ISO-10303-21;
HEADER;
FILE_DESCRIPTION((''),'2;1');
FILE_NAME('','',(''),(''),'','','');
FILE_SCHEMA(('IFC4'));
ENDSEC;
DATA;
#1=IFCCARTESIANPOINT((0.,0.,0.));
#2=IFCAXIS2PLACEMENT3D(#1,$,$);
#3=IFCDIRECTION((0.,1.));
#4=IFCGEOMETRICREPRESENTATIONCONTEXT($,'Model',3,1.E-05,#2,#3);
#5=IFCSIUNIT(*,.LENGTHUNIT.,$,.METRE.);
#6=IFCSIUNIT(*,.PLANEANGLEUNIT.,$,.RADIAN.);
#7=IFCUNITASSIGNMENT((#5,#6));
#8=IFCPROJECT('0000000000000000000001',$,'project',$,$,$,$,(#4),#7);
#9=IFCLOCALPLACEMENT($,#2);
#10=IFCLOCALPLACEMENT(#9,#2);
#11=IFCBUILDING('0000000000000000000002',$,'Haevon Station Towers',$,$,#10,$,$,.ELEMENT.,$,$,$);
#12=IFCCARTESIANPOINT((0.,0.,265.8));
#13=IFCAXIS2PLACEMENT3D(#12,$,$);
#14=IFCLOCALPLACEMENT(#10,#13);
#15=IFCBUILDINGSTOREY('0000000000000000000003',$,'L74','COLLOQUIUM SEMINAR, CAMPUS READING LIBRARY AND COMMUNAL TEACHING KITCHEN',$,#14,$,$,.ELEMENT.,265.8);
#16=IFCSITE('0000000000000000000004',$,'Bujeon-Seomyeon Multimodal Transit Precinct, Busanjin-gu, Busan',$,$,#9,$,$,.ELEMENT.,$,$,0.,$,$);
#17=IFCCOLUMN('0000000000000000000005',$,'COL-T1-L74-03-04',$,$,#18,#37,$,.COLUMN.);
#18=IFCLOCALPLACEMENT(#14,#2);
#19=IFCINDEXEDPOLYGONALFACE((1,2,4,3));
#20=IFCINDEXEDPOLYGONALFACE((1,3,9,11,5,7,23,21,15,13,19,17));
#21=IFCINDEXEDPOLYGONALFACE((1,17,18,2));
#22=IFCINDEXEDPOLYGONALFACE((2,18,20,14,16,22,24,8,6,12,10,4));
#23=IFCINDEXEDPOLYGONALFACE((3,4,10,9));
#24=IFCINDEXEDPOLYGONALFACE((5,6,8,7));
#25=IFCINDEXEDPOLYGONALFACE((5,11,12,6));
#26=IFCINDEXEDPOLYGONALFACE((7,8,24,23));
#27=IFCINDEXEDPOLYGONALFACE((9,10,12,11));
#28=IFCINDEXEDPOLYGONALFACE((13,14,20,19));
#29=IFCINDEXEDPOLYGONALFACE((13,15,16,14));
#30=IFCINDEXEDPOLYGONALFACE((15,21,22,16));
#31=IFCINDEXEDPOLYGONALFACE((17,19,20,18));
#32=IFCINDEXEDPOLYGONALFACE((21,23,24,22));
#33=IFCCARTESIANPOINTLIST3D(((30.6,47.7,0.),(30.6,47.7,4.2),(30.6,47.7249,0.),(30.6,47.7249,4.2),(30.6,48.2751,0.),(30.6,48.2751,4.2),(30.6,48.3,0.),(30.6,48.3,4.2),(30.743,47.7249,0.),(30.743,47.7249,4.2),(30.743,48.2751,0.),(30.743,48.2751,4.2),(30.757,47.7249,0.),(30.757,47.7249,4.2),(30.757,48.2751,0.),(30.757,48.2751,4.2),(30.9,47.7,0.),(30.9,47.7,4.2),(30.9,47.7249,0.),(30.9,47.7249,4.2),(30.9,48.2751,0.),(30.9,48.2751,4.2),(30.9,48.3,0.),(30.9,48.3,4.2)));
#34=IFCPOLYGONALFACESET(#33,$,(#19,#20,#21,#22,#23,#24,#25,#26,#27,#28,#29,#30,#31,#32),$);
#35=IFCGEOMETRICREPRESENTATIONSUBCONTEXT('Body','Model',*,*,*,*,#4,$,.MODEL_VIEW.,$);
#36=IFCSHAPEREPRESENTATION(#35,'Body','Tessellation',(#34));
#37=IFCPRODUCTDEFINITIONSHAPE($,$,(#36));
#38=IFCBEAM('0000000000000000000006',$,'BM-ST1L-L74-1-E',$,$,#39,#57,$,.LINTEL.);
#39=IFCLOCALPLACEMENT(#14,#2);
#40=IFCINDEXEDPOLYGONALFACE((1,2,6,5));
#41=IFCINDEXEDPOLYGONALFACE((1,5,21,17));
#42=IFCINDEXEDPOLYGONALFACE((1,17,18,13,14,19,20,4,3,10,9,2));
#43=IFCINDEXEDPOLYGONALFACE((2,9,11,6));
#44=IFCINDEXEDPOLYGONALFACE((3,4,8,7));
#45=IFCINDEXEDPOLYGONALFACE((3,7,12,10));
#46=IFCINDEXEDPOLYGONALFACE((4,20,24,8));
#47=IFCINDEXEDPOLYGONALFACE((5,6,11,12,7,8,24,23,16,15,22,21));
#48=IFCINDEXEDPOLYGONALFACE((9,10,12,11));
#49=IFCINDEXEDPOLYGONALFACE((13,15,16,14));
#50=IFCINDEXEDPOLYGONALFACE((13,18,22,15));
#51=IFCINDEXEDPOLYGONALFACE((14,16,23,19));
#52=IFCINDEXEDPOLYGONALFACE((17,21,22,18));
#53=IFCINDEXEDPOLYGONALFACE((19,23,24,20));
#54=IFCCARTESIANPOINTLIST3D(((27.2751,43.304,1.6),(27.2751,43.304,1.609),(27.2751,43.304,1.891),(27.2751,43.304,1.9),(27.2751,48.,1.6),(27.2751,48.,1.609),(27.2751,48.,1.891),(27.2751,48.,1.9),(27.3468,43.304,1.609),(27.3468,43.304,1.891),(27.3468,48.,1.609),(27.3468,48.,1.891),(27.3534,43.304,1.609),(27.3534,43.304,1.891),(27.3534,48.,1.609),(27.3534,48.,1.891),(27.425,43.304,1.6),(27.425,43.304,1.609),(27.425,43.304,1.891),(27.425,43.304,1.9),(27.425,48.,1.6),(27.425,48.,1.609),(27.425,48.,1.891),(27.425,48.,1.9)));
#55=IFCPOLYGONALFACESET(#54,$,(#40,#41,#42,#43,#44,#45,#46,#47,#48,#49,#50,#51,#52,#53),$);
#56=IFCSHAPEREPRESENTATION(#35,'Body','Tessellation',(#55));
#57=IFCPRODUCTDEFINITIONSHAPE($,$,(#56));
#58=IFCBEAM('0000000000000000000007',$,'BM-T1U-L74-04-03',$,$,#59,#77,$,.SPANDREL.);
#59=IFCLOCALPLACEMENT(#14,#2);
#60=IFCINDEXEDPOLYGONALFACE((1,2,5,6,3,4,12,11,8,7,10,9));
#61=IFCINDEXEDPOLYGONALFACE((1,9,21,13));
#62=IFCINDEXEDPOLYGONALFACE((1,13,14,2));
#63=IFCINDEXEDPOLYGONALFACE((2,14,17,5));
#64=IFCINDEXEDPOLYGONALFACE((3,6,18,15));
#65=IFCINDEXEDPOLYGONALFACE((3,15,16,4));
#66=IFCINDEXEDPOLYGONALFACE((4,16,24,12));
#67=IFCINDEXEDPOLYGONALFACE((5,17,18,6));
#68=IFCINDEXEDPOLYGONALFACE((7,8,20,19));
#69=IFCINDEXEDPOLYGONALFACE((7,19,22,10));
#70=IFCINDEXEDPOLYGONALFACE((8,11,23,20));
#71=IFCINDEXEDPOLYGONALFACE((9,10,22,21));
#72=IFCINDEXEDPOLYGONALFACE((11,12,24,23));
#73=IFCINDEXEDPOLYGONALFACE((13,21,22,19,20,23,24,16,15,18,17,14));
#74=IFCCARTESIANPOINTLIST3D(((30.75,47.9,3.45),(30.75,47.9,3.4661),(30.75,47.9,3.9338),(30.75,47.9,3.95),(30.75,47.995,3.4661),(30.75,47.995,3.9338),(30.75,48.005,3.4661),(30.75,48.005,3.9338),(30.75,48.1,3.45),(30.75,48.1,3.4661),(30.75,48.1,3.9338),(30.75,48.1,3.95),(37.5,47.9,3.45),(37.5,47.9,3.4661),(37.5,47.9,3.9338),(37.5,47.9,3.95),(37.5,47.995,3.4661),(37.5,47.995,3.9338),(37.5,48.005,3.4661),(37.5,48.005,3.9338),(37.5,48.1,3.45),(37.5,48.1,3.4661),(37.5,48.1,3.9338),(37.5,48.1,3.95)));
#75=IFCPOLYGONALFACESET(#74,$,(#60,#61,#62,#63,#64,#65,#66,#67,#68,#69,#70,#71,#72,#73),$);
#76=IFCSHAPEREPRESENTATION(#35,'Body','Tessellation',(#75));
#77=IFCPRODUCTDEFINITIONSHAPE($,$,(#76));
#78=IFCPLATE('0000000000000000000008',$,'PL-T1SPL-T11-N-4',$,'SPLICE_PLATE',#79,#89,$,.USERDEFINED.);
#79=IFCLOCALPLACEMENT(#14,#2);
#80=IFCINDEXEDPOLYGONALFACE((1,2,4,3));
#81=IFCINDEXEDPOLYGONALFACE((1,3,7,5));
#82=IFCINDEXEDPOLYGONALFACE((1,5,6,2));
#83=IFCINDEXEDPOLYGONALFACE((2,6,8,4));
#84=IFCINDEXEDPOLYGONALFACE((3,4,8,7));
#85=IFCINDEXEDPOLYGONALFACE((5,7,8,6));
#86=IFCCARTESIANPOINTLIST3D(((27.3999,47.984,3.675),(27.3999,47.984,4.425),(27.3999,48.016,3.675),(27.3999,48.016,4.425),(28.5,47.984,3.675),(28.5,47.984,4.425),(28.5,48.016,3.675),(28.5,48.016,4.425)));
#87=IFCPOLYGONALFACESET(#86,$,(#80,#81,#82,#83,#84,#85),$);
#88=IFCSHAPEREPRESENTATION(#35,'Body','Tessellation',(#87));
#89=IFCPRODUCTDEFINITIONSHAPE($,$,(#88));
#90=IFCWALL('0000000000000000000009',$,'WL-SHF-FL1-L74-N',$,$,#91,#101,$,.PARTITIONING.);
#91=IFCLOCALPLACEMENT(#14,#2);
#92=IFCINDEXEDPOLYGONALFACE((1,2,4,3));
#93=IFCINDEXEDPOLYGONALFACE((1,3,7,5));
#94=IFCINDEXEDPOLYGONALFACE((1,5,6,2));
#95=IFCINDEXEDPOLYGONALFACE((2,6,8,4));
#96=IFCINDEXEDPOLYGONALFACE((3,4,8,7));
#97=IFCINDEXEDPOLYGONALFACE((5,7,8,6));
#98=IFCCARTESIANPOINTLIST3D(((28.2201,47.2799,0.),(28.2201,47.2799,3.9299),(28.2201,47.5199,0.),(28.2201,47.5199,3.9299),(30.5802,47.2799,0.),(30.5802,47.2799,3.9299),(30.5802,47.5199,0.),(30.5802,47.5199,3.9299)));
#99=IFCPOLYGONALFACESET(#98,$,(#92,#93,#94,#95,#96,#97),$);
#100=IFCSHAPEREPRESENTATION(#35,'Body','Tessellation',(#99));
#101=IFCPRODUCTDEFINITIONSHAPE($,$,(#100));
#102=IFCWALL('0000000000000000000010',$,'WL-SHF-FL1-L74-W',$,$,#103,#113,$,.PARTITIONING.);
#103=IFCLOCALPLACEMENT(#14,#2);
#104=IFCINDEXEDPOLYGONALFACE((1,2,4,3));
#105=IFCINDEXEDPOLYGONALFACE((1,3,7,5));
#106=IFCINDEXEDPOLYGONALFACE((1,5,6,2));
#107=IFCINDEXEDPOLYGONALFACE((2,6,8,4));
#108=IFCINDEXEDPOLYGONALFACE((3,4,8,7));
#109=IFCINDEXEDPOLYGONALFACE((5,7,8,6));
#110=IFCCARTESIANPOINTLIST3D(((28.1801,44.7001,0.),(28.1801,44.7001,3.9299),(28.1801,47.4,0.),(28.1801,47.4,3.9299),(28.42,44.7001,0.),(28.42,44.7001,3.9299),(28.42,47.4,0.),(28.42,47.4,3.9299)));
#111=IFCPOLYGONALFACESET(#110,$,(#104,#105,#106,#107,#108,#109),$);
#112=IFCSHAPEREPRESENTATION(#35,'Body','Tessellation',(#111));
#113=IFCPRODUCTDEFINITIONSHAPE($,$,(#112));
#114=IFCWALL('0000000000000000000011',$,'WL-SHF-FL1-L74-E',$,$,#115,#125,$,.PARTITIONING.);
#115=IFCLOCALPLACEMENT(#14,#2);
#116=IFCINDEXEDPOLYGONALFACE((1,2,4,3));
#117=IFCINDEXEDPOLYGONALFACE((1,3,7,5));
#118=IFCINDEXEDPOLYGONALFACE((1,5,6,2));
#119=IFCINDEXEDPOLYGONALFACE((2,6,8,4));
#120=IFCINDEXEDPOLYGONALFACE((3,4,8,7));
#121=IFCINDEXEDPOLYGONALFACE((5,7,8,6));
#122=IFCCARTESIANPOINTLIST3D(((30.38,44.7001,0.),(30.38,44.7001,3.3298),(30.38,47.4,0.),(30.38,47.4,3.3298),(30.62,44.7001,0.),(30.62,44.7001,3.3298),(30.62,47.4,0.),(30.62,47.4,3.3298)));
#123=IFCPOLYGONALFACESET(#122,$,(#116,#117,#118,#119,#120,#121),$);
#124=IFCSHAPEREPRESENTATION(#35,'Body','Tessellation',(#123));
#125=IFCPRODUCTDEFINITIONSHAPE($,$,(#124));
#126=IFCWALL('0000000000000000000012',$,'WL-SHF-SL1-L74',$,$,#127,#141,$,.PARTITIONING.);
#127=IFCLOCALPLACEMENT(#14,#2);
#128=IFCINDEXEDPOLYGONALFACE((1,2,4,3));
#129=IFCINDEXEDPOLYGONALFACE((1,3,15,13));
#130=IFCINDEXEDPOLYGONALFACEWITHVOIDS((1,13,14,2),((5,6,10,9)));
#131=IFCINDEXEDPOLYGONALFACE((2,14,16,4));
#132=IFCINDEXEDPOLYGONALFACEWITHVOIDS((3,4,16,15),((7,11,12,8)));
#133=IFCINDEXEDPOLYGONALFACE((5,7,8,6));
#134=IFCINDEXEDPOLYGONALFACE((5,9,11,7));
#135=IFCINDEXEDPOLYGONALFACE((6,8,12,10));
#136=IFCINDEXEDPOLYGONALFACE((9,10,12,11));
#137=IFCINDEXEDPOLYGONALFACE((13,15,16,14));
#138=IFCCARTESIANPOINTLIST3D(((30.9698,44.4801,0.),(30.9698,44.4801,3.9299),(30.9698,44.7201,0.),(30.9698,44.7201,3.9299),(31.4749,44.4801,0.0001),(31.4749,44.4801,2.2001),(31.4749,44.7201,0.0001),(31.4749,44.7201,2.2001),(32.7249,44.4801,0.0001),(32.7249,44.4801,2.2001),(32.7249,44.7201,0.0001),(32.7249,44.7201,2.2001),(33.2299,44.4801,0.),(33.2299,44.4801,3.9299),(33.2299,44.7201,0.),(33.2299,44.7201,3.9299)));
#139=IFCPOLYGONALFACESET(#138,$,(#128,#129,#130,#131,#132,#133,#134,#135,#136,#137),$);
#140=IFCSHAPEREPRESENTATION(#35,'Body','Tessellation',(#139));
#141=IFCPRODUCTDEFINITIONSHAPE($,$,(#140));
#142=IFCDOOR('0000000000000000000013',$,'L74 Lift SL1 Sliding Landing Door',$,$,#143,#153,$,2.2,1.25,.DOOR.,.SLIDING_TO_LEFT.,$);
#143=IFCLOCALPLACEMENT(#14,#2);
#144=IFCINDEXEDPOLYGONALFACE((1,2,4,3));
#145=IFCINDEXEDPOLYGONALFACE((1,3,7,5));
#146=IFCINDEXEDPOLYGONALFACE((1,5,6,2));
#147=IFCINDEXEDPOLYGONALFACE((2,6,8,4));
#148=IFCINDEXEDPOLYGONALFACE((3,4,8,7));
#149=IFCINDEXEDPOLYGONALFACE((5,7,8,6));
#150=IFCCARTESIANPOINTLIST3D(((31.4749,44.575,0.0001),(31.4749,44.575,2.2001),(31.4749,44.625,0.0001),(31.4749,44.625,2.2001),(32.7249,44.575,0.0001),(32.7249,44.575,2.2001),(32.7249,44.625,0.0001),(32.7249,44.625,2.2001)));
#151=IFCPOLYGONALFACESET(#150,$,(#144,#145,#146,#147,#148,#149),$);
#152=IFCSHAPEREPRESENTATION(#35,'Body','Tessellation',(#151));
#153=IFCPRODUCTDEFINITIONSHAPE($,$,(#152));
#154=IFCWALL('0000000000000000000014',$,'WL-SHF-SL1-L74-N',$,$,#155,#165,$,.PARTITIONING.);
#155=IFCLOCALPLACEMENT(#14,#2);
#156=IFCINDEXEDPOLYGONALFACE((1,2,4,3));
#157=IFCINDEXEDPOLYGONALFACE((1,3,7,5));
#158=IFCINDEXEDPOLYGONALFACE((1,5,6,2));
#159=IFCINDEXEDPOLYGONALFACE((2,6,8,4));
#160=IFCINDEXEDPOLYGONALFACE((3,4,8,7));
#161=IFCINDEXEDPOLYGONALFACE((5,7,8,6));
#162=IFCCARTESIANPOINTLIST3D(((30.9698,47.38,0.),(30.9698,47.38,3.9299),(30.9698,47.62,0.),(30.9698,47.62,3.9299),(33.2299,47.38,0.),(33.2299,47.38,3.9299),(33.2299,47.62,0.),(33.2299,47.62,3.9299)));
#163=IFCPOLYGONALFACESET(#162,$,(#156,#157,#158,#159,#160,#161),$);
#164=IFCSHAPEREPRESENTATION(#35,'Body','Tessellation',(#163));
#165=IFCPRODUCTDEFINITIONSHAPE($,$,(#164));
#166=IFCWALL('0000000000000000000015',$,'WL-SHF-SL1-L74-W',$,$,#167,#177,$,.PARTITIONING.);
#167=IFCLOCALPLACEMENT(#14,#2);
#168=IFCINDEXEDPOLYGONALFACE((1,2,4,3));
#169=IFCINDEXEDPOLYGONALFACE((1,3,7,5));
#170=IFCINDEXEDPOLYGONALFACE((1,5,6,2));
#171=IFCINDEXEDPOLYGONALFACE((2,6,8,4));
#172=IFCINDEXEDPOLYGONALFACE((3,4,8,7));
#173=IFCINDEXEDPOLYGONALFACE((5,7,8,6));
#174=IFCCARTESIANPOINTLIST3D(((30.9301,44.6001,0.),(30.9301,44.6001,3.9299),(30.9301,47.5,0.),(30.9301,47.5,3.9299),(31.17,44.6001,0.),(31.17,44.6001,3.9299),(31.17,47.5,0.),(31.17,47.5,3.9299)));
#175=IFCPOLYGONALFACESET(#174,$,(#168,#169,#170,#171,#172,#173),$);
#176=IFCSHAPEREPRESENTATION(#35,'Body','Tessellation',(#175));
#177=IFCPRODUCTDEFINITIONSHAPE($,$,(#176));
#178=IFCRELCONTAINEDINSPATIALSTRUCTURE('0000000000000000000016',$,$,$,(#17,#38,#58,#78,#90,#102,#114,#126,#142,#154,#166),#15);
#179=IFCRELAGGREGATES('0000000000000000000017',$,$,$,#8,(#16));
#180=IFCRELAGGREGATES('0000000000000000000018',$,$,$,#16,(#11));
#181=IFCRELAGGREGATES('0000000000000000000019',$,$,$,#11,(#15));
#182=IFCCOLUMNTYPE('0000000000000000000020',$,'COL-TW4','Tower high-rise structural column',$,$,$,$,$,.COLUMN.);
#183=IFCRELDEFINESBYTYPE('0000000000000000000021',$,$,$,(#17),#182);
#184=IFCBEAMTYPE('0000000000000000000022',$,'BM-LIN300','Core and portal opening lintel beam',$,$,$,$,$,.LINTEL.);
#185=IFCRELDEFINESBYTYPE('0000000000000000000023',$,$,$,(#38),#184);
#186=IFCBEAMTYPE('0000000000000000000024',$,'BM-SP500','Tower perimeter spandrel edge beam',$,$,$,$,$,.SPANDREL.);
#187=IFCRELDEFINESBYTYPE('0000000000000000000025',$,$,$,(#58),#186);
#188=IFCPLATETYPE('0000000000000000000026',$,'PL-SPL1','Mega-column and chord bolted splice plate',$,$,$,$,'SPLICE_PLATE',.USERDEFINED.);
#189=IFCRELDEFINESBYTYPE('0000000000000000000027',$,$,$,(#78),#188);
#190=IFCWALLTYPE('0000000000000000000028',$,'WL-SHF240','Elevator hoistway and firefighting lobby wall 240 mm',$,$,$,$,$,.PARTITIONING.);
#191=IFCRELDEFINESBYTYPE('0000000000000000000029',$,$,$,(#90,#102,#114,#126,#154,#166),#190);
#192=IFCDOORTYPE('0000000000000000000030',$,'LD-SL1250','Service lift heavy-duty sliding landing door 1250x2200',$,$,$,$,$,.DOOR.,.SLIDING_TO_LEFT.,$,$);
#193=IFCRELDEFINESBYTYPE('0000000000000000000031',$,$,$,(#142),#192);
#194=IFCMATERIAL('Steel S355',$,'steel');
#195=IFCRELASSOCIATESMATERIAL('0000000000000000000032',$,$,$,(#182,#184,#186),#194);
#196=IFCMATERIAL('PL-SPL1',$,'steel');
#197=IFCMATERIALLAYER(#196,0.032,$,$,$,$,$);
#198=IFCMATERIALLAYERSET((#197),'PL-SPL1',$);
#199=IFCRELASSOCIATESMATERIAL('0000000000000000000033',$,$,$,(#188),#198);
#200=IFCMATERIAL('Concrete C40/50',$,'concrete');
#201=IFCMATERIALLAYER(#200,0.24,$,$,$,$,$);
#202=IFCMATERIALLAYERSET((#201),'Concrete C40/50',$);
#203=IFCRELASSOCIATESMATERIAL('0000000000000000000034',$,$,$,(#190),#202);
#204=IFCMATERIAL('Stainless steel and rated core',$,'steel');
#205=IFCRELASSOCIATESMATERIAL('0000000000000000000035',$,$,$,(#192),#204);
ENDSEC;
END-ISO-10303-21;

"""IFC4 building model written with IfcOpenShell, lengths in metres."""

from ifc_helpers import new_model, si_unit, direction, frame, frame_2d, origin, origin_2d, place, context, subcontext, project, spatial, rectangle, i_section, extrude, material, layer, layer_set, material_profile, profile_set, type_object, element, fill, save


model = new_model("IFC4")

# Units and contexts
model_context = context("Model", 3, precision=1e-05, world=origin(), true_north=direction((0.0, 1.0)))
body_context = subcontext(model_context, "Body", "Model", "MODEL_VIEW")
ifc_project = project(units=[si_unit("LENGTHUNIT", "METRE"), si_unit("PLANEANGLEUNIT", "RADIAN")], contexts=[model_context])

# Site, building, storey
site_placement = place(None, origin())
site = spatial("IfcSite", under=ifc_project, at=site_placement, Name="Bujeon-Seomyeon Multimodal Transit Precinct, Busanjin-gu, Busan", CompositionType="ELEMENT", RefElevation=0.0)
building_placement = place(site_placement, origin())
building = spatial("IfcBuilding", under=site, at=building_placement, Name="Haevon Station Towers", CompositionType="ELEMENT")
storey_placement = place(building_placement, frame((0.0, 0.0, 265.8)))
storey = spatial("IfcBuildingStorey", under=building, at=storey_placement, Name="L74", Description="COLLOQUIUM SEMINAR, CAMPUS READING LIBRARY AND COMMUNAL TEACHING KITCHEN", CompositionType="ELEMENT", Elevation=265.8)

# Column
ifc_material_1 = material(Name="Steel S355", Category="steel")
ifc_material_profile_1 = material_profile(ifc_material_1, i_section(OverallWidth=0.3, OverallDepth=0.6001, WebThickness=0.0139, FlangeThickness=0.0249, at=origin_2d()), Name="H-600x300x14x25")
ifc_profile_set_1 = profile_set([ifc_material_profile_1], Name="Steel S355")
column_type = type_object("IfcColumnType", Name="COL-TW4", Description="Tower high-rise structural column", PredefinedType="COLUMN", material=ifc_profile_set_1)
column_placement = place(storey_placement, frame((30.75, 48.0, 0.0), z_axis=(0.0, 0.0, 1.0), x_axis=(1.0, 0.0, 0.0)))
element("IfcColumn", 1, at=column_placement, inside=storey, type_object=column_type, Name="COL-T1-L74-03-04", PredefinedType="COLUMN", context=body_context, shape_type="SweptSolid", body=[
    extrude(i_section(OverallWidth=0.3, OverallDepth=0.6001, WebThickness=0.0139, FlangeThickness=0.0249, at=origin_2d()), origin(), (0.0, 0.0, 1.0), 4.2),
])

# Beams
ifc_material_profile_2 = material_profile(ifc_material_1, i_section(OverallWidth=0.1499, OverallDepth=0.3, WebThickness=0.0066, FlangeThickness=0.009, at=origin_2d()), Name="H-300x150x6.5x9")
ifc_profile_set_2 = profile_set([ifc_material_profile_2], Name="Steel S355")
beam_type_1 = type_object("IfcBeamType", Name="BM-LIN300", Description="Core and portal opening lintel beam", PredefinedType="LINTEL", material=ifc_profile_set_2)
beam_1_placement = place(storey_placement, frame((27.3501, 43.304, 1.75), z_axis=(0.0, 1.0, 0.0), x_axis=(-1.0, 0.0, 0.0)))
element("IfcBeam", 2, at=beam_1_placement, inside=storey, type_object=beam_type_1, Name="BM-ST1L-L74-1-E", PredefinedType="LINTEL", context=body_context, shape_type="SweptSolid", body=[
    extrude(i_section(OverallWidth=0.1499, OverallDepth=0.3, WebThickness=0.0066, FlangeThickness=0.009, at=origin_2d()), origin(), (0.0, 0.0, 1.0), 4.696),
])
ifc_material_profile_3 = material_profile(ifc_material_1, i_section(OverallWidth=0.2, OverallDepth=0.5, WebThickness=0.01, FlangeThickness=0.0161, at=origin_2d()), Name="H-500x200x10x16")
ifc_profile_set_3 = profile_set([ifc_material_profile_3], Name="Steel S355")
beam_type_2 = type_object("IfcBeamType", Name="BM-SP500", Description="Tower perimeter spandrel edge beam", PredefinedType="SPANDREL", material=ifc_profile_set_3)
beam_2_placement = place(storey_placement, frame((30.75, 48.0, 3.7), z_axis=(1.0, 0.0, 0.0), x_axis=(0.0, 1.0, 0.0)))
element("IfcBeam", 3, at=beam_2_placement, inside=storey, type_object=beam_type_2, Name="BM-T1U-L74-04-03", PredefinedType="SPANDREL", context=body_context, shape_type="SweptSolid", body=[
    extrude(i_section(OverallWidth=0.2, OverallDepth=0.5, WebThickness=0.01, FlangeThickness=0.0161, at=origin_2d()), origin(), (0.0, 0.0, 1.0), 6.75),
])

# Plate
ifc_material_2 = material(Name="PL-SPL1", Category="steel")
ifc_layer_1 = layer(ifc_material_2, 0.032)
ifc_layer_set_1 = layer_set([ifc_layer_1], Name="PL-SPL1")
plate_type = type_object("IfcPlateType", Name="PL-SPL1", Description="Mega-column and chord bolted splice plate", ElementType="SPLICE_PLATE", PredefinedType="USERDEFINED", material=ifc_layer_set_1)
plate_placement = place(storey_placement, frame((27.95, 48.0, 3.675), z_axis=(0.0, 0.0, 1.0), x_axis=(1.0, 0.0, 0.0)))
element("IfcPlate", 4, at=plate_placement, inside=storey, type_object=plate_type, Name="PL-T1SPL-T11-N-4", ObjectType="SPLICE_PLATE", PredefinedType="USERDEFINED", context=body_context, shape_type="SweptSolid", body=[
    extrude(rectangle(XDim=1.1001, YDim=0.032, at=origin_2d()), origin(), (0.0, 0.0, 1.0), 0.75),
])

# Shared definitions
ifc_material_3 = material(Name="Concrete C40/50", Category="concrete")
ifc_layer_2 = layer(ifc_material_3, 0.24)
ifc_layer_set_2 = layer_set([ifc_layer_2], Name="Concrete C40/50")
wall_type = type_object("IfcWallType", Name="WL-SHF240", Description="Elevator hoistway and firefighting lobby wall 240 mm", PredefinedType="PARTITIONING", material=ifc_layer_set_2)
ifc_material_4 = material(Name="Stainless steel and rated core", Category="steel")

# Walls
wall_1_placement = place(storey_placement, frame((28.22, 47.3999, 0.0), z_axis=(0.0, 0.0, 1.0), x_axis=(1.0, 0.0, 0.0)))
element("IfcWall", 5, at=wall_1_placement, inside=storey, type_object=wall_type, Name="WL-SHF-FL1-L74-N", PredefinedType="PARTITIONING", context=body_context, shape_type="SweptSolid", body=[
    extrude(rectangle(XDim=2.3601, YDim=0.24, at=frame_2d((1.1802, 0.0))), origin(), (0.0, 0.0, 1.0), 3.9299),
])
wall_2_placement = place(storey_placement, frame((28.3, 44.7, 0.0), z_axis=(0.0, 0.0, 1.0), x_axis=(0.0, 1.0, 0.0)))
element("IfcWall", 6, at=wall_2_placement, inside=storey, type_object=wall_type, Name="WL-SHF-FL1-L74-W", PredefinedType="PARTITIONING", context=body_context, shape_type="SweptSolid", body=[
    extrude(rectangle(XDim=2.7, YDim=0.24, at=frame_2d((1.3501, 0.0))), origin(), (0.0, 0.0, 1.0), 3.9299),
])
wall_3_placement = place(storey_placement, frame((30.5, 44.7, 0.0), z_axis=(0.0, 0.0, 1.0), x_axis=(0.0, 1.0, 0.0)))
element("IfcWall", 7, at=wall_3_placement, inside=storey, type_object=wall_type, Name="WL-SHF-FL1-L74-E", PredefinedType="PARTITIONING", context=body_context, shape_type="SweptSolid", body=[
    extrude(rectangle(XDim=2.7, YDim=0.24, at=frame_2d((1.3501, 0.0))), origin(), (0.0, 0.0, 1.0), 3.3298),
])

# Wall, opening, door
wall_4_placement = place(storey_placement, frame((30.97, 44.6001, 0.0), z_axis=(0.0, 0.0, 1.0), x_axis=(1.0, 0.0, 0.0)))
wall_4 = element("IfcWall", 8, at=wall_4_placement, inside=storey, type_object=wall_type, Name="WL-SHF-SL1-L74", PredefinedType="PARTITIONING", context=body_context, shape_type="SweptSolid", body=[
    extrude(rectangle(XDim=2.26, YDim=0.24, at=frame_2d((1.1299, 0.0))), origin(), (0.0, 0.0, 1.0), 3.9299),
])
opening_1_placement = place(wall_4_placement, frame((0.5049, 0.0, 0.0)))
opening_1 = element("IfcOpeningElement", 9, at=opening_1_placement, cuts=wall_4, PredefinedType="OPENING", context=body_context, shape_type="SweptSolid", body=[
    extrude(rectangle(XDim=1.25, YDim=2.2, at=frame_2d((0.625, 1.1001))), frame((0.0, 0.1299, 0.0), z_axis=(0.0, -1.0, 0.0), x_axis=(1.0, 0.0, 0.0)), (0.0, 0.0, 1.0), 0.26),
])
door_type_1 = type_object("IfcDoorType", Name="LD-SL1250", Description="Service lift heavy-duty sliding landing door 1250x2200", OperationType="SLIDING_TO_LEFT", PredefinedType="DOOR", material=ifc_material_4)
door_1_placement = place(opening_1_placement, origin())
door_1 = element("IfcDoor", 10, at=door_1_placement, inside=storey, type_object=door_type_1, Name="L74 Lift SL1 Sliding Landing Door", OperationType="SLIDING_TO_LEFT", OverallHeight=2.2, OverallWidth=1.25, PredefinedType="DOOR", context=body_context, shape_type="SweptSolid", body=[
    extrude(rectangle(XDim=1.25, YDim=2.2, at=frame_2d((0.625, 1.1001))), frame((0.0, 0.0249, 0.0), z_axis=(0.0, -1.0, 0.0), x_axis=(1.0, 0.0, 0.0)), (0.0, 0.0, 1.0), 0.05),
])
fill(opening_1, door_1)

# Walls
wall_5_placement = place(storey_placement, frame((30.97, 47.5, 0.0), z_axis=(0.0, 0.0, 1.0), x_axis=(1.0, 0.0, 0.0)))
element("IfcWall", 11, at=wall_5_placement, inside=storey, type_object=wall_type, Name="WL-SHF-SL1-L74-N", PredefinedType="PARTITIONING", context=body_context, shape_type="SweptSolid", body=[
    extrude(rectangle(XDim=2.26, YDim=0.24, at=frame_2d((1.1299, 0.0))), origin(), (0.0, 0.0, 1.0), 3.9299),
])
wall_6_placement = place(storey_placement, frame((31.05, 44.6001, 0.0), z_axis=(0.0, 0.0, 1.0), x_axis=(0.0, 1.0, 0.0)))
element("IfcWall", 12, at=wall_6_placement, inside=storey, type_object=wall_type, Name="WL-SHF-SL1-L74-W", PredefinedType="PARTITIONING", context=body_context, shape_type="SweptSolid", body=[
    extrude(rectangle(XDim=2.8999, YDim=0.24, at=frame_2d((1.45, 0.0))), origin(), (0.0, 0.0, 1.0), 3.9299),
])

save(model, "model.ifc")
